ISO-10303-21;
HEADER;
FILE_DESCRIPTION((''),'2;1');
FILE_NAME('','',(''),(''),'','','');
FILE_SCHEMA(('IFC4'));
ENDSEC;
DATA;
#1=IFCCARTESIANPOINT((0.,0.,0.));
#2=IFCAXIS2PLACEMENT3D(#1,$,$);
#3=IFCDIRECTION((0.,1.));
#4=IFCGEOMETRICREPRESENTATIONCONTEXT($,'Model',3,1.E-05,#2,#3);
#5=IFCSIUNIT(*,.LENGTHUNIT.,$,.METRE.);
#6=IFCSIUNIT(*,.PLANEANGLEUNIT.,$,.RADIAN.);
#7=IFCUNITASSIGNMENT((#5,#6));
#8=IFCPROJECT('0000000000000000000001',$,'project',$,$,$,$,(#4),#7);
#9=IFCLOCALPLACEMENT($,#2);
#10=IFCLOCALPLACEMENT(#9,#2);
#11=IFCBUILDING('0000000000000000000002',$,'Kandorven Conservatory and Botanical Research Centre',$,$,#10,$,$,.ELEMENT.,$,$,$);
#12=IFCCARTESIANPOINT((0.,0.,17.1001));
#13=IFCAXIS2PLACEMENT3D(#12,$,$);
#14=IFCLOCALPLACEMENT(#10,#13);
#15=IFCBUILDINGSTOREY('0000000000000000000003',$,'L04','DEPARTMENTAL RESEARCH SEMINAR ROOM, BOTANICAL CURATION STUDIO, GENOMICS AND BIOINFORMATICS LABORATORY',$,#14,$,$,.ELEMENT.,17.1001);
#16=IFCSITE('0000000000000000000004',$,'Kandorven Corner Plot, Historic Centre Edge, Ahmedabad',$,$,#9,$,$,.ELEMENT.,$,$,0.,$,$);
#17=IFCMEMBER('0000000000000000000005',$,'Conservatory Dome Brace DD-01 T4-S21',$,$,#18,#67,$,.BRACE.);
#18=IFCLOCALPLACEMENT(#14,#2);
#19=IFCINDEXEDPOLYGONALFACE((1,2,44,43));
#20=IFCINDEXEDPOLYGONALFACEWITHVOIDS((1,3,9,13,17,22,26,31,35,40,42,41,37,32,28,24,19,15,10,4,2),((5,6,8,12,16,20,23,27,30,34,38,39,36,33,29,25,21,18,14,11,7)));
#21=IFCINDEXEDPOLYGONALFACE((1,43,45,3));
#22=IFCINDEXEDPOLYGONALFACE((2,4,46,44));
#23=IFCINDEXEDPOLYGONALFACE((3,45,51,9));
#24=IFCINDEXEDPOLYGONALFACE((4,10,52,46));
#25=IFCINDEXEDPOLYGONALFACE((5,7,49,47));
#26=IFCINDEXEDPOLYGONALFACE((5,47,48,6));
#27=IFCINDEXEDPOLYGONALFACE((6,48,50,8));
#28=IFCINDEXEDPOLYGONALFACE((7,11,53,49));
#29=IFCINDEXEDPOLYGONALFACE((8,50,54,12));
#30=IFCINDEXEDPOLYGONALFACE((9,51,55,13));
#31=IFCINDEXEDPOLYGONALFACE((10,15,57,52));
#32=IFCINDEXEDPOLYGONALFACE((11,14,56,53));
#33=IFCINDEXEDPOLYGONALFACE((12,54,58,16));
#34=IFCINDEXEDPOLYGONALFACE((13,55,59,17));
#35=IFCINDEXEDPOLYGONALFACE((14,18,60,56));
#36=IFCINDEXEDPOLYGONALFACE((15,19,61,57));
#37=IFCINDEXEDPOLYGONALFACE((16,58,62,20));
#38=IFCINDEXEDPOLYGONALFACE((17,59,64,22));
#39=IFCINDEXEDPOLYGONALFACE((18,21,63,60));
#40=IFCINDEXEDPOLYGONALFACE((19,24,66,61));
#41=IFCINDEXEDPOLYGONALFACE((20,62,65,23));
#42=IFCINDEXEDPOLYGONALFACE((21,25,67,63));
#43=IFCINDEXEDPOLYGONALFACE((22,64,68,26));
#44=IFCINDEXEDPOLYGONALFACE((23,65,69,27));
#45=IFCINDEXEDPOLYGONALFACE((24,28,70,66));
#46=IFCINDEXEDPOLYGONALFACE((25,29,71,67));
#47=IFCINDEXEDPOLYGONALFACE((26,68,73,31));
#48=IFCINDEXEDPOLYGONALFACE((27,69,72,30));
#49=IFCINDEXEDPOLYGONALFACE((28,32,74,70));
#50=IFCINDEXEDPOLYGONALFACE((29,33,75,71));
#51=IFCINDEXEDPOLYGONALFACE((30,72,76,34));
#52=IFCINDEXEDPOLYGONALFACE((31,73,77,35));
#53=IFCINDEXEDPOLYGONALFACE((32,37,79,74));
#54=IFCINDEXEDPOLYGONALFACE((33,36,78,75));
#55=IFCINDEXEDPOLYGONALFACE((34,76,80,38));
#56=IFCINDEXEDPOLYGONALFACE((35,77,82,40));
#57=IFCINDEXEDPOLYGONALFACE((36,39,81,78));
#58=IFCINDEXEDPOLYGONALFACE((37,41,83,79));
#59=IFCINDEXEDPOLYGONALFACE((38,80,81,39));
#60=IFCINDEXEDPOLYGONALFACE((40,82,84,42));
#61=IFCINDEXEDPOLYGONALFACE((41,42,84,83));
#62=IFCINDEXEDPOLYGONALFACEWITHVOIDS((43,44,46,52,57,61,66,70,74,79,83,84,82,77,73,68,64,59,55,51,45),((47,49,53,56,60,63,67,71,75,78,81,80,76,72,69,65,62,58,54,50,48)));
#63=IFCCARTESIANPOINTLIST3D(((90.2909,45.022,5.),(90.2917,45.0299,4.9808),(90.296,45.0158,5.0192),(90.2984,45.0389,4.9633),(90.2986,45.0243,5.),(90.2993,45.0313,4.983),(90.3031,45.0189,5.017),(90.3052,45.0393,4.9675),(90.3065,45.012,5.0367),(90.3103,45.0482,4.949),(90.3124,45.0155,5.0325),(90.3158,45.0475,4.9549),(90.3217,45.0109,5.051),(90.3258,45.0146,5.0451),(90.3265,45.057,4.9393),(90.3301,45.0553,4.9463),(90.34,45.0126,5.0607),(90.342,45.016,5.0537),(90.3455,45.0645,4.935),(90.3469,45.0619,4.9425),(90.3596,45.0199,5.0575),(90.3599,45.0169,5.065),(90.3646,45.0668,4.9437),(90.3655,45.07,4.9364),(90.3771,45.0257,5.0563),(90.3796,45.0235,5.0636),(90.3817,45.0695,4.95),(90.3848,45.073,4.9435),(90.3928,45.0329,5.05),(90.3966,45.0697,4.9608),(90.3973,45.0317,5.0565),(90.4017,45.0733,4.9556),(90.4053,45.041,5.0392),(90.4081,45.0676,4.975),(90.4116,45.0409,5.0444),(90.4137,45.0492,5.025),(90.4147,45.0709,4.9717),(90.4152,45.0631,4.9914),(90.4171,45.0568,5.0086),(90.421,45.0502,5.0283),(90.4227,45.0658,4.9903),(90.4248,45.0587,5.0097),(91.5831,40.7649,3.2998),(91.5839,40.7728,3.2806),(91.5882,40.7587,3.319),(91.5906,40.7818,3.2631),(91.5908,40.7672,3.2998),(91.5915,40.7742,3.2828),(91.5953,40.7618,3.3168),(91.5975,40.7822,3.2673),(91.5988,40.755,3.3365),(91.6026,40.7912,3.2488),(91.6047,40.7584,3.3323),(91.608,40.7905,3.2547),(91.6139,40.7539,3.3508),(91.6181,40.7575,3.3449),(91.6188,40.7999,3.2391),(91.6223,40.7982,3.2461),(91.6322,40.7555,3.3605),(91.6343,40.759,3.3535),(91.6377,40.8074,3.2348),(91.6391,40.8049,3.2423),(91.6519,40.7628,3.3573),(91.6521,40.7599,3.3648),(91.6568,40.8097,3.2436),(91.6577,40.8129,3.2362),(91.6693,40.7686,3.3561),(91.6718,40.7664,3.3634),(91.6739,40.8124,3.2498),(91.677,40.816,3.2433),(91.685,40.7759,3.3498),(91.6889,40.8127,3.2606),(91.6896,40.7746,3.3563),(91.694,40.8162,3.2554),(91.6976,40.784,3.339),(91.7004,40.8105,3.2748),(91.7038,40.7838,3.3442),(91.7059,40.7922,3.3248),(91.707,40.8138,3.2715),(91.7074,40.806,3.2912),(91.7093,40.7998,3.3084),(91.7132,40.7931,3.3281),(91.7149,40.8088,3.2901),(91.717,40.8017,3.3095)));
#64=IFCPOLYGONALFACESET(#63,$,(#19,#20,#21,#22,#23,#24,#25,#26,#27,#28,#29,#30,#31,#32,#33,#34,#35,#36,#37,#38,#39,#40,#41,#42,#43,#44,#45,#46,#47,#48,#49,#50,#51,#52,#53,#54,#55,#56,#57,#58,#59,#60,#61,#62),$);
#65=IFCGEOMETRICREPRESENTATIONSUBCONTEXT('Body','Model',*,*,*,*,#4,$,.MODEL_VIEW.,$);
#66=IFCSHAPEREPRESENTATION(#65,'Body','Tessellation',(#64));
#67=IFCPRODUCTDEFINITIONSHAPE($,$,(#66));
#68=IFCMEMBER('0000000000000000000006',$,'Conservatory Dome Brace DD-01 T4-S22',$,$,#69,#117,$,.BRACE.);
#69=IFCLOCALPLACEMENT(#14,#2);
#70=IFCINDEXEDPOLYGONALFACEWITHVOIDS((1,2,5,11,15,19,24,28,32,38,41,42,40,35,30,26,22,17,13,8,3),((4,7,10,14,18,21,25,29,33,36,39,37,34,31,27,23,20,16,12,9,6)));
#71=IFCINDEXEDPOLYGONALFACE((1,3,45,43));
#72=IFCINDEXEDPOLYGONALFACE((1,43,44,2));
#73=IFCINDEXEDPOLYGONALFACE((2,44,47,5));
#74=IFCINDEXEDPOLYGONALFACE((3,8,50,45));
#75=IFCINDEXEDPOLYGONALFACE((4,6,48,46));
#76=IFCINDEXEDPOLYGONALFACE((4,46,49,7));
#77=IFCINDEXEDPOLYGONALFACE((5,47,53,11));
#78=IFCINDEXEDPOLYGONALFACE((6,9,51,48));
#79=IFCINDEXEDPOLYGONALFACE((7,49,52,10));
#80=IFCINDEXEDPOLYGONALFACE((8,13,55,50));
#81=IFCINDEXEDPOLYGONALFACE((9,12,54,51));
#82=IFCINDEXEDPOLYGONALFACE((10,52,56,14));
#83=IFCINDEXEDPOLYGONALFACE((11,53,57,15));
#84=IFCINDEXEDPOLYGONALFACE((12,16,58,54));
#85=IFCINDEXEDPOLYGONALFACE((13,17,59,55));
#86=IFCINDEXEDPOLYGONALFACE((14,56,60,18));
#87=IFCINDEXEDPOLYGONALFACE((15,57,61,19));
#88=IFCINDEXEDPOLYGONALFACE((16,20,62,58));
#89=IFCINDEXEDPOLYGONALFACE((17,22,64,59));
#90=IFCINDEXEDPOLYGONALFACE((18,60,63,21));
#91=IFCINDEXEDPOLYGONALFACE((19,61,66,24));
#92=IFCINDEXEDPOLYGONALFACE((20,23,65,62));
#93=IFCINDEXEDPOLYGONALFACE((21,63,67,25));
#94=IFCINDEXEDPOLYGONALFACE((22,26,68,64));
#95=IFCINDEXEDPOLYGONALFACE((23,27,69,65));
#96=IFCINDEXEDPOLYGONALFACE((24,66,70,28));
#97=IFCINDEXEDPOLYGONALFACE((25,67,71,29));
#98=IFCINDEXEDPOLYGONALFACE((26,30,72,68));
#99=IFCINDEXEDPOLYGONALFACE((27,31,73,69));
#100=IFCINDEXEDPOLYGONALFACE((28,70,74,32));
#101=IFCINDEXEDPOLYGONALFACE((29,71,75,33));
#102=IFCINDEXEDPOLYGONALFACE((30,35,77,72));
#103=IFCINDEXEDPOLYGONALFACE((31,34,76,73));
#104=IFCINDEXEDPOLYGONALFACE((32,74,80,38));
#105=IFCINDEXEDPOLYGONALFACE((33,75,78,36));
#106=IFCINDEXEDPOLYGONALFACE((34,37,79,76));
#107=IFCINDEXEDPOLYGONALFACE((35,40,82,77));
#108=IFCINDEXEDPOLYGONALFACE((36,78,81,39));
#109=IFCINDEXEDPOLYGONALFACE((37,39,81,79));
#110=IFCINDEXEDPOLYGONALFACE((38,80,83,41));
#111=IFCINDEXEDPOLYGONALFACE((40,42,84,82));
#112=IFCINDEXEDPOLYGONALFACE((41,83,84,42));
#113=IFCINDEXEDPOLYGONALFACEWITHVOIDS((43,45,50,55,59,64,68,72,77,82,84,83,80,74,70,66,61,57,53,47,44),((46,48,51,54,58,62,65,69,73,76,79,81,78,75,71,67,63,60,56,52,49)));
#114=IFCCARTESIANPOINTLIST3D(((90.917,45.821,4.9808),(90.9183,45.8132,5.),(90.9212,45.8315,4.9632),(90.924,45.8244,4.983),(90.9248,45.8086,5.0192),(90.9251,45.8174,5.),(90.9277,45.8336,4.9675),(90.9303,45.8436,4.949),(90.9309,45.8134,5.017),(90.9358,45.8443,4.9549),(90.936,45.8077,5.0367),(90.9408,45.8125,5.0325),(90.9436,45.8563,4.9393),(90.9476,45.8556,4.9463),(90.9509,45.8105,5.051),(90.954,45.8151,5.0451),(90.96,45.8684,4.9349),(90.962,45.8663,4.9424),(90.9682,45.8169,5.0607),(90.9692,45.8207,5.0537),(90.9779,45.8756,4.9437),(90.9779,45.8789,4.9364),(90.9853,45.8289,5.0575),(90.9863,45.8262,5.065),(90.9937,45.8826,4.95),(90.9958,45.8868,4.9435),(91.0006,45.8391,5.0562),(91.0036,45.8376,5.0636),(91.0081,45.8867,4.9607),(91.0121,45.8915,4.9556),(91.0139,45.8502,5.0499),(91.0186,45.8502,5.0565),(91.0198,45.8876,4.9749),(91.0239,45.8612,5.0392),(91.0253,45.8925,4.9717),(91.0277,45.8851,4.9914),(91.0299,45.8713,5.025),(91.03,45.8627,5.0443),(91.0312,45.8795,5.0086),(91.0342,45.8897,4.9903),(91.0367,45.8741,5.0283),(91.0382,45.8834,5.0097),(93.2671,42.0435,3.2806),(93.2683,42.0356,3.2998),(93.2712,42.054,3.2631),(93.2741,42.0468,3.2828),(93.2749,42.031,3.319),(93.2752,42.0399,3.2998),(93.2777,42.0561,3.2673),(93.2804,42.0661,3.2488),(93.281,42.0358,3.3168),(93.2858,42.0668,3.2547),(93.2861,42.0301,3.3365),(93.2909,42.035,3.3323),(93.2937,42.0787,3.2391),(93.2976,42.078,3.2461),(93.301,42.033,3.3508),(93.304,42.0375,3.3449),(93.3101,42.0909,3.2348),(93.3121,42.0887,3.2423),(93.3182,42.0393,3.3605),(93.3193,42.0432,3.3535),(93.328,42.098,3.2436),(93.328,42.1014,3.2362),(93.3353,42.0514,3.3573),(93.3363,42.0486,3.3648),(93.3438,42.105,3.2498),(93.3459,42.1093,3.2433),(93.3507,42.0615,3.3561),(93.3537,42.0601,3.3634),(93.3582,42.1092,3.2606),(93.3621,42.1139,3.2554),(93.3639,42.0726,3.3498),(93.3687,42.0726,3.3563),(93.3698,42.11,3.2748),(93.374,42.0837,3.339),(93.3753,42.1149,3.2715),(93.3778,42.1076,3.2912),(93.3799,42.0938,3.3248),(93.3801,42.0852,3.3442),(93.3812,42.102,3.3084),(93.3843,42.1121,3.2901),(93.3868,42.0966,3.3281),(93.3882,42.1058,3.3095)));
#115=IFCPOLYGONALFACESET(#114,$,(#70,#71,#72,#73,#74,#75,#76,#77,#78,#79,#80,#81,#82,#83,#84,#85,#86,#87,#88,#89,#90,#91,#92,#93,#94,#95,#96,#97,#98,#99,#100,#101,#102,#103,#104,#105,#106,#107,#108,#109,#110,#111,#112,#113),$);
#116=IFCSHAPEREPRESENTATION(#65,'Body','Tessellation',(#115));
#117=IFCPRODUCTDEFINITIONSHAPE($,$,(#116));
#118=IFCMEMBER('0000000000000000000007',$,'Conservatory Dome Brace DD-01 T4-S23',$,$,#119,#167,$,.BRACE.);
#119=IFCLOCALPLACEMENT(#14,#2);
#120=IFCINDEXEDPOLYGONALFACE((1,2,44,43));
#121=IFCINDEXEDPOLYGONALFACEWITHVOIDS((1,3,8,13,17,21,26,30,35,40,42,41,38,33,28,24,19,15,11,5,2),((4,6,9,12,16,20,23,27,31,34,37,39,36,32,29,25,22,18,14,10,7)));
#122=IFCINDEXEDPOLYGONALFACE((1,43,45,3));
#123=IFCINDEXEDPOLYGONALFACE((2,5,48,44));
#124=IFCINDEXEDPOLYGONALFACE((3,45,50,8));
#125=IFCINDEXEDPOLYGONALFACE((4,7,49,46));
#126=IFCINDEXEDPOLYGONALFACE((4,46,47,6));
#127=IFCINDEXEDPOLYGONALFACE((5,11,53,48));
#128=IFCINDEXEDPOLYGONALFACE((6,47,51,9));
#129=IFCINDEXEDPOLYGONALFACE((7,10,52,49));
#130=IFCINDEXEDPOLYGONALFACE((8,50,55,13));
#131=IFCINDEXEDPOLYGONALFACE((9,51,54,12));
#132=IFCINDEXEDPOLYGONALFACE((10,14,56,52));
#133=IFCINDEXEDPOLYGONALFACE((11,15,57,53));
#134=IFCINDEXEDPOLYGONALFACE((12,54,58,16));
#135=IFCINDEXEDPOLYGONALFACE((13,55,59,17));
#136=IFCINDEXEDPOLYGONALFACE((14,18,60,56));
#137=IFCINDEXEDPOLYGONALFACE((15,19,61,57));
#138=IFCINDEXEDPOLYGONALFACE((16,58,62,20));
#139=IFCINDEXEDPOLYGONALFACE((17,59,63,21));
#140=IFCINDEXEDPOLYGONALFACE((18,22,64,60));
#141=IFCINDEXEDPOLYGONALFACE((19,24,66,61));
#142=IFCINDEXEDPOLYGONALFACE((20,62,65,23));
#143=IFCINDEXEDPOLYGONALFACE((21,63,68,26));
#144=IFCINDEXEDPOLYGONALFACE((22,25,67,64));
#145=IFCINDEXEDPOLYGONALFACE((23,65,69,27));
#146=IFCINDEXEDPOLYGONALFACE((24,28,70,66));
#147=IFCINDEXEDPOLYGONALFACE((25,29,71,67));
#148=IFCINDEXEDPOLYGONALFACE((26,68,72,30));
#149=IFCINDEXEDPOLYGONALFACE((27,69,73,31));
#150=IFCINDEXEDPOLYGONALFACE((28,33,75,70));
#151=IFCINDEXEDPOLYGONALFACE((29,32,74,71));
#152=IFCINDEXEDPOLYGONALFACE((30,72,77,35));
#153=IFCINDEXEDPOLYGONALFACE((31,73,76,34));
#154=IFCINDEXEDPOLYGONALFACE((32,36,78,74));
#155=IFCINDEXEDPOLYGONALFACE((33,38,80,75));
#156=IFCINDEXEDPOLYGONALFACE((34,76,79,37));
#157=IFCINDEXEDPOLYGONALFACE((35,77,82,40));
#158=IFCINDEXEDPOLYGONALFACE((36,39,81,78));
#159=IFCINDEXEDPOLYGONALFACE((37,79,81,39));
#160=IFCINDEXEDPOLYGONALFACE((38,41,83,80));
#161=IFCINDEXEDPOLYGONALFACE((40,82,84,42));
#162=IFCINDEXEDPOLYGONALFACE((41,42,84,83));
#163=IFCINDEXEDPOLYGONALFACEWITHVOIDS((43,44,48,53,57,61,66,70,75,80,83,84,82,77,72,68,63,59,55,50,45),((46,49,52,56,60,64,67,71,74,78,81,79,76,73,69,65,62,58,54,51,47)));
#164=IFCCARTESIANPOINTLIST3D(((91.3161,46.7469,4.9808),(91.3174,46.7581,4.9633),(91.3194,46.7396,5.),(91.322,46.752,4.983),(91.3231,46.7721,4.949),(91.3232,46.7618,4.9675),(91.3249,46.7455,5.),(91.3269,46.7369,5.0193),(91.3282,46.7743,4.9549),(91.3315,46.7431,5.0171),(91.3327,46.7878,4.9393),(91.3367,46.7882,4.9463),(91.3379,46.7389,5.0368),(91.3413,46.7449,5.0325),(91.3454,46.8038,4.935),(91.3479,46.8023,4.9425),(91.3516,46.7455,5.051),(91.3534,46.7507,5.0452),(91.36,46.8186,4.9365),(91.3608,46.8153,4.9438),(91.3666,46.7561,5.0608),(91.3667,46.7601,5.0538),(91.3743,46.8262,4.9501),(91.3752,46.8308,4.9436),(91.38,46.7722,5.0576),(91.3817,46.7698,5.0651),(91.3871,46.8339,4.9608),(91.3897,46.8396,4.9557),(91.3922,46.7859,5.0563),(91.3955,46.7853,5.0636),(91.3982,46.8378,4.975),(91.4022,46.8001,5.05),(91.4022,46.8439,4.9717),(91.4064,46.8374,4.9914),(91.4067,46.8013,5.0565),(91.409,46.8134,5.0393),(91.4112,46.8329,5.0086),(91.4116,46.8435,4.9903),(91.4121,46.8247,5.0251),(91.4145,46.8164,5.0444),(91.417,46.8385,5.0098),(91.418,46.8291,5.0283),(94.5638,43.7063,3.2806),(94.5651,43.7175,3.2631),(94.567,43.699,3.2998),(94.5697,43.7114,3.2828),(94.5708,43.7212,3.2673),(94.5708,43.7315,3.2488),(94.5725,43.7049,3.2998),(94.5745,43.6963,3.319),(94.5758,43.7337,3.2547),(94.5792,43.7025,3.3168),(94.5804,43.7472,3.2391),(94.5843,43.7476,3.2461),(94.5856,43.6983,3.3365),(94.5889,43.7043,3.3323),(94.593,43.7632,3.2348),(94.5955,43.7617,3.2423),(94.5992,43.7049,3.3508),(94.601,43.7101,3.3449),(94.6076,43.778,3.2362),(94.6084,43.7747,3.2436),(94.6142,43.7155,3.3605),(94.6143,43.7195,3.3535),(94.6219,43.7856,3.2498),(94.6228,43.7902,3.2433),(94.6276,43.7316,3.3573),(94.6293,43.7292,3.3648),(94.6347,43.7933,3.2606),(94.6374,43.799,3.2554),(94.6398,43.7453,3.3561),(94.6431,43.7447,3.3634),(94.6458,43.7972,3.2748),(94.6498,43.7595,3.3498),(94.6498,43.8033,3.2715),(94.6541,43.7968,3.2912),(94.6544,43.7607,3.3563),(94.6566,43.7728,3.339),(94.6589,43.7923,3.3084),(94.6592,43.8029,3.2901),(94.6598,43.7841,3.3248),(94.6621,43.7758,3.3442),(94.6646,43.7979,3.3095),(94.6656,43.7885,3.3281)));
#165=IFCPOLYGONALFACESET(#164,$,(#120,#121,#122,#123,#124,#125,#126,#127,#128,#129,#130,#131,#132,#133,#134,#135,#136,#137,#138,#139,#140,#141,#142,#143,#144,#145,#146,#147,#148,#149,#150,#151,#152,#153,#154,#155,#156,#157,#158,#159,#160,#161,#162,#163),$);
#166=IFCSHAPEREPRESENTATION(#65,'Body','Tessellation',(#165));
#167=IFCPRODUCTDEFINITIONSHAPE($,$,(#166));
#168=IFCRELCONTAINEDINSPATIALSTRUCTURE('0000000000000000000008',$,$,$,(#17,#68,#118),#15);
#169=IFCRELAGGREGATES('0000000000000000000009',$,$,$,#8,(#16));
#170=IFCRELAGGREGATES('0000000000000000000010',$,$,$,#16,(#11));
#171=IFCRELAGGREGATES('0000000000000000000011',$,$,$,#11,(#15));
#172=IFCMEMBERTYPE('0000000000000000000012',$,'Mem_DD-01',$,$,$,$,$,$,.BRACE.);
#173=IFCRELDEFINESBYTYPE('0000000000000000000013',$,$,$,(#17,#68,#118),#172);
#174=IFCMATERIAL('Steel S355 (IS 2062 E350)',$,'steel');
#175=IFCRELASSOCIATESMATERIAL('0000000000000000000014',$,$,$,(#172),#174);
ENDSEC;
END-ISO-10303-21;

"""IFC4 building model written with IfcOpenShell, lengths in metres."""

from ifc_helpers import new_model, si_unit, direction, frame, origin, origin_2d, place, context, subcontext, project, spatial, hollow_circle, extrude, material, material_profile, profile_set, type_object, element, save


model = new_model("IFC4")

# Units and contexts
model_context = context("Model", 3, precision=1e-05, world=origin(), true_north=direction((0.0, 1.0)))
body_context = subcontext(model_context, "Body", "Model", "MODEL_VIEW")
ifc_project = project(units=[si_unit("LENGTHUNIT", "METRE"), si_unit("PLANEANGLEUNIT", "RADIAN")], contexts=[model_context])

# Site, building, storey
site_placement = place(None, origin())
site = spatial("IfcSite", under=ifc_project, at=site_placement, Name="Kandorven Corner Plot, Historic Centre Edge, Ahmedabad", CompositionType="ELEMENT", RefElevation=0.0)
building_placement = place(site_placement, origin())
building = spatial("IfcBuilding", under=site, at=building_placement, Name="Kandorven Conservatory and Botanical Research Centre", CompositionType="ELEMENT")
storey_placement = place(building_placement, frame((0.0, 0.0, 17.1001)))
storey = spatial("IfcBuildingStorey", under=building, at=storey_placement, Name="L04", Description="DEPARTMENTAL RESEARCH SEMINAR ROOM, BOTANICAL CURATION STUDIO, GENOMICS AND BIOINFORMATICS LABORATORY", CompositionType="ELEMENT", Elevation=17.1001)

# Members
ifc_material_1 = material(Name="Steel S355 (IS 2062 E350)", Category="steel")
ifc_material_profile_1 = material_profile(ifc_material_1, hollow_circle(Radius=0.0698, WallThickness=0.0081, at=origin_2d()))
ifc_profile_set_1 = profile_set([ifc_material_profile_1], Name="Steel S355 (IS 2062 E350)")
member_type_1 = type_object("IfcMemberType", Name="Mem_DD-01", PredefinedType="BRACE", material=ifc_profile_set_1)
for number, where, z_axis, x_axis, name in (
    (1, (91.6499, 40.7852, 3.2998), (-0.271325, 0.893838, 0.356982), (-0.956886, -0.290463, 0.0), "Conservatory Dome Brace DD-01 T4-S21"),
    (2, (93.3276, 42.0725, 3.2998), (-0.493433, 0.793153, 0.356978), (-0.849097, -0.528237, 0.0), "Conservatory Dome Brace DD-01 T4-S22"),
    (3, (94.6147, 43.75, 3.2998), (-0.681892, 0.638421, 0.356991), (-0.683455, -0.729992, 0.0), "Conservatory Dome Brace DD-01 T4-S23"),
):
    element("IfcMember", number, at=place(storey_placement, frame(where, z_axis=z_axis, x_axis=x_axis)), inside=storey, type_object=member_type_1, Name=name, PredefinedType="BRACE", context=body_context, shape_type="SweptSolid", body=[
        extrude(hollow_circle(Radius=0.0698, WallThickness=0.0081, at=origin_2d()), origin(), (0.0, 0.0, 1.0), 4.7627),
    ])

save(model, "model.ifc")
